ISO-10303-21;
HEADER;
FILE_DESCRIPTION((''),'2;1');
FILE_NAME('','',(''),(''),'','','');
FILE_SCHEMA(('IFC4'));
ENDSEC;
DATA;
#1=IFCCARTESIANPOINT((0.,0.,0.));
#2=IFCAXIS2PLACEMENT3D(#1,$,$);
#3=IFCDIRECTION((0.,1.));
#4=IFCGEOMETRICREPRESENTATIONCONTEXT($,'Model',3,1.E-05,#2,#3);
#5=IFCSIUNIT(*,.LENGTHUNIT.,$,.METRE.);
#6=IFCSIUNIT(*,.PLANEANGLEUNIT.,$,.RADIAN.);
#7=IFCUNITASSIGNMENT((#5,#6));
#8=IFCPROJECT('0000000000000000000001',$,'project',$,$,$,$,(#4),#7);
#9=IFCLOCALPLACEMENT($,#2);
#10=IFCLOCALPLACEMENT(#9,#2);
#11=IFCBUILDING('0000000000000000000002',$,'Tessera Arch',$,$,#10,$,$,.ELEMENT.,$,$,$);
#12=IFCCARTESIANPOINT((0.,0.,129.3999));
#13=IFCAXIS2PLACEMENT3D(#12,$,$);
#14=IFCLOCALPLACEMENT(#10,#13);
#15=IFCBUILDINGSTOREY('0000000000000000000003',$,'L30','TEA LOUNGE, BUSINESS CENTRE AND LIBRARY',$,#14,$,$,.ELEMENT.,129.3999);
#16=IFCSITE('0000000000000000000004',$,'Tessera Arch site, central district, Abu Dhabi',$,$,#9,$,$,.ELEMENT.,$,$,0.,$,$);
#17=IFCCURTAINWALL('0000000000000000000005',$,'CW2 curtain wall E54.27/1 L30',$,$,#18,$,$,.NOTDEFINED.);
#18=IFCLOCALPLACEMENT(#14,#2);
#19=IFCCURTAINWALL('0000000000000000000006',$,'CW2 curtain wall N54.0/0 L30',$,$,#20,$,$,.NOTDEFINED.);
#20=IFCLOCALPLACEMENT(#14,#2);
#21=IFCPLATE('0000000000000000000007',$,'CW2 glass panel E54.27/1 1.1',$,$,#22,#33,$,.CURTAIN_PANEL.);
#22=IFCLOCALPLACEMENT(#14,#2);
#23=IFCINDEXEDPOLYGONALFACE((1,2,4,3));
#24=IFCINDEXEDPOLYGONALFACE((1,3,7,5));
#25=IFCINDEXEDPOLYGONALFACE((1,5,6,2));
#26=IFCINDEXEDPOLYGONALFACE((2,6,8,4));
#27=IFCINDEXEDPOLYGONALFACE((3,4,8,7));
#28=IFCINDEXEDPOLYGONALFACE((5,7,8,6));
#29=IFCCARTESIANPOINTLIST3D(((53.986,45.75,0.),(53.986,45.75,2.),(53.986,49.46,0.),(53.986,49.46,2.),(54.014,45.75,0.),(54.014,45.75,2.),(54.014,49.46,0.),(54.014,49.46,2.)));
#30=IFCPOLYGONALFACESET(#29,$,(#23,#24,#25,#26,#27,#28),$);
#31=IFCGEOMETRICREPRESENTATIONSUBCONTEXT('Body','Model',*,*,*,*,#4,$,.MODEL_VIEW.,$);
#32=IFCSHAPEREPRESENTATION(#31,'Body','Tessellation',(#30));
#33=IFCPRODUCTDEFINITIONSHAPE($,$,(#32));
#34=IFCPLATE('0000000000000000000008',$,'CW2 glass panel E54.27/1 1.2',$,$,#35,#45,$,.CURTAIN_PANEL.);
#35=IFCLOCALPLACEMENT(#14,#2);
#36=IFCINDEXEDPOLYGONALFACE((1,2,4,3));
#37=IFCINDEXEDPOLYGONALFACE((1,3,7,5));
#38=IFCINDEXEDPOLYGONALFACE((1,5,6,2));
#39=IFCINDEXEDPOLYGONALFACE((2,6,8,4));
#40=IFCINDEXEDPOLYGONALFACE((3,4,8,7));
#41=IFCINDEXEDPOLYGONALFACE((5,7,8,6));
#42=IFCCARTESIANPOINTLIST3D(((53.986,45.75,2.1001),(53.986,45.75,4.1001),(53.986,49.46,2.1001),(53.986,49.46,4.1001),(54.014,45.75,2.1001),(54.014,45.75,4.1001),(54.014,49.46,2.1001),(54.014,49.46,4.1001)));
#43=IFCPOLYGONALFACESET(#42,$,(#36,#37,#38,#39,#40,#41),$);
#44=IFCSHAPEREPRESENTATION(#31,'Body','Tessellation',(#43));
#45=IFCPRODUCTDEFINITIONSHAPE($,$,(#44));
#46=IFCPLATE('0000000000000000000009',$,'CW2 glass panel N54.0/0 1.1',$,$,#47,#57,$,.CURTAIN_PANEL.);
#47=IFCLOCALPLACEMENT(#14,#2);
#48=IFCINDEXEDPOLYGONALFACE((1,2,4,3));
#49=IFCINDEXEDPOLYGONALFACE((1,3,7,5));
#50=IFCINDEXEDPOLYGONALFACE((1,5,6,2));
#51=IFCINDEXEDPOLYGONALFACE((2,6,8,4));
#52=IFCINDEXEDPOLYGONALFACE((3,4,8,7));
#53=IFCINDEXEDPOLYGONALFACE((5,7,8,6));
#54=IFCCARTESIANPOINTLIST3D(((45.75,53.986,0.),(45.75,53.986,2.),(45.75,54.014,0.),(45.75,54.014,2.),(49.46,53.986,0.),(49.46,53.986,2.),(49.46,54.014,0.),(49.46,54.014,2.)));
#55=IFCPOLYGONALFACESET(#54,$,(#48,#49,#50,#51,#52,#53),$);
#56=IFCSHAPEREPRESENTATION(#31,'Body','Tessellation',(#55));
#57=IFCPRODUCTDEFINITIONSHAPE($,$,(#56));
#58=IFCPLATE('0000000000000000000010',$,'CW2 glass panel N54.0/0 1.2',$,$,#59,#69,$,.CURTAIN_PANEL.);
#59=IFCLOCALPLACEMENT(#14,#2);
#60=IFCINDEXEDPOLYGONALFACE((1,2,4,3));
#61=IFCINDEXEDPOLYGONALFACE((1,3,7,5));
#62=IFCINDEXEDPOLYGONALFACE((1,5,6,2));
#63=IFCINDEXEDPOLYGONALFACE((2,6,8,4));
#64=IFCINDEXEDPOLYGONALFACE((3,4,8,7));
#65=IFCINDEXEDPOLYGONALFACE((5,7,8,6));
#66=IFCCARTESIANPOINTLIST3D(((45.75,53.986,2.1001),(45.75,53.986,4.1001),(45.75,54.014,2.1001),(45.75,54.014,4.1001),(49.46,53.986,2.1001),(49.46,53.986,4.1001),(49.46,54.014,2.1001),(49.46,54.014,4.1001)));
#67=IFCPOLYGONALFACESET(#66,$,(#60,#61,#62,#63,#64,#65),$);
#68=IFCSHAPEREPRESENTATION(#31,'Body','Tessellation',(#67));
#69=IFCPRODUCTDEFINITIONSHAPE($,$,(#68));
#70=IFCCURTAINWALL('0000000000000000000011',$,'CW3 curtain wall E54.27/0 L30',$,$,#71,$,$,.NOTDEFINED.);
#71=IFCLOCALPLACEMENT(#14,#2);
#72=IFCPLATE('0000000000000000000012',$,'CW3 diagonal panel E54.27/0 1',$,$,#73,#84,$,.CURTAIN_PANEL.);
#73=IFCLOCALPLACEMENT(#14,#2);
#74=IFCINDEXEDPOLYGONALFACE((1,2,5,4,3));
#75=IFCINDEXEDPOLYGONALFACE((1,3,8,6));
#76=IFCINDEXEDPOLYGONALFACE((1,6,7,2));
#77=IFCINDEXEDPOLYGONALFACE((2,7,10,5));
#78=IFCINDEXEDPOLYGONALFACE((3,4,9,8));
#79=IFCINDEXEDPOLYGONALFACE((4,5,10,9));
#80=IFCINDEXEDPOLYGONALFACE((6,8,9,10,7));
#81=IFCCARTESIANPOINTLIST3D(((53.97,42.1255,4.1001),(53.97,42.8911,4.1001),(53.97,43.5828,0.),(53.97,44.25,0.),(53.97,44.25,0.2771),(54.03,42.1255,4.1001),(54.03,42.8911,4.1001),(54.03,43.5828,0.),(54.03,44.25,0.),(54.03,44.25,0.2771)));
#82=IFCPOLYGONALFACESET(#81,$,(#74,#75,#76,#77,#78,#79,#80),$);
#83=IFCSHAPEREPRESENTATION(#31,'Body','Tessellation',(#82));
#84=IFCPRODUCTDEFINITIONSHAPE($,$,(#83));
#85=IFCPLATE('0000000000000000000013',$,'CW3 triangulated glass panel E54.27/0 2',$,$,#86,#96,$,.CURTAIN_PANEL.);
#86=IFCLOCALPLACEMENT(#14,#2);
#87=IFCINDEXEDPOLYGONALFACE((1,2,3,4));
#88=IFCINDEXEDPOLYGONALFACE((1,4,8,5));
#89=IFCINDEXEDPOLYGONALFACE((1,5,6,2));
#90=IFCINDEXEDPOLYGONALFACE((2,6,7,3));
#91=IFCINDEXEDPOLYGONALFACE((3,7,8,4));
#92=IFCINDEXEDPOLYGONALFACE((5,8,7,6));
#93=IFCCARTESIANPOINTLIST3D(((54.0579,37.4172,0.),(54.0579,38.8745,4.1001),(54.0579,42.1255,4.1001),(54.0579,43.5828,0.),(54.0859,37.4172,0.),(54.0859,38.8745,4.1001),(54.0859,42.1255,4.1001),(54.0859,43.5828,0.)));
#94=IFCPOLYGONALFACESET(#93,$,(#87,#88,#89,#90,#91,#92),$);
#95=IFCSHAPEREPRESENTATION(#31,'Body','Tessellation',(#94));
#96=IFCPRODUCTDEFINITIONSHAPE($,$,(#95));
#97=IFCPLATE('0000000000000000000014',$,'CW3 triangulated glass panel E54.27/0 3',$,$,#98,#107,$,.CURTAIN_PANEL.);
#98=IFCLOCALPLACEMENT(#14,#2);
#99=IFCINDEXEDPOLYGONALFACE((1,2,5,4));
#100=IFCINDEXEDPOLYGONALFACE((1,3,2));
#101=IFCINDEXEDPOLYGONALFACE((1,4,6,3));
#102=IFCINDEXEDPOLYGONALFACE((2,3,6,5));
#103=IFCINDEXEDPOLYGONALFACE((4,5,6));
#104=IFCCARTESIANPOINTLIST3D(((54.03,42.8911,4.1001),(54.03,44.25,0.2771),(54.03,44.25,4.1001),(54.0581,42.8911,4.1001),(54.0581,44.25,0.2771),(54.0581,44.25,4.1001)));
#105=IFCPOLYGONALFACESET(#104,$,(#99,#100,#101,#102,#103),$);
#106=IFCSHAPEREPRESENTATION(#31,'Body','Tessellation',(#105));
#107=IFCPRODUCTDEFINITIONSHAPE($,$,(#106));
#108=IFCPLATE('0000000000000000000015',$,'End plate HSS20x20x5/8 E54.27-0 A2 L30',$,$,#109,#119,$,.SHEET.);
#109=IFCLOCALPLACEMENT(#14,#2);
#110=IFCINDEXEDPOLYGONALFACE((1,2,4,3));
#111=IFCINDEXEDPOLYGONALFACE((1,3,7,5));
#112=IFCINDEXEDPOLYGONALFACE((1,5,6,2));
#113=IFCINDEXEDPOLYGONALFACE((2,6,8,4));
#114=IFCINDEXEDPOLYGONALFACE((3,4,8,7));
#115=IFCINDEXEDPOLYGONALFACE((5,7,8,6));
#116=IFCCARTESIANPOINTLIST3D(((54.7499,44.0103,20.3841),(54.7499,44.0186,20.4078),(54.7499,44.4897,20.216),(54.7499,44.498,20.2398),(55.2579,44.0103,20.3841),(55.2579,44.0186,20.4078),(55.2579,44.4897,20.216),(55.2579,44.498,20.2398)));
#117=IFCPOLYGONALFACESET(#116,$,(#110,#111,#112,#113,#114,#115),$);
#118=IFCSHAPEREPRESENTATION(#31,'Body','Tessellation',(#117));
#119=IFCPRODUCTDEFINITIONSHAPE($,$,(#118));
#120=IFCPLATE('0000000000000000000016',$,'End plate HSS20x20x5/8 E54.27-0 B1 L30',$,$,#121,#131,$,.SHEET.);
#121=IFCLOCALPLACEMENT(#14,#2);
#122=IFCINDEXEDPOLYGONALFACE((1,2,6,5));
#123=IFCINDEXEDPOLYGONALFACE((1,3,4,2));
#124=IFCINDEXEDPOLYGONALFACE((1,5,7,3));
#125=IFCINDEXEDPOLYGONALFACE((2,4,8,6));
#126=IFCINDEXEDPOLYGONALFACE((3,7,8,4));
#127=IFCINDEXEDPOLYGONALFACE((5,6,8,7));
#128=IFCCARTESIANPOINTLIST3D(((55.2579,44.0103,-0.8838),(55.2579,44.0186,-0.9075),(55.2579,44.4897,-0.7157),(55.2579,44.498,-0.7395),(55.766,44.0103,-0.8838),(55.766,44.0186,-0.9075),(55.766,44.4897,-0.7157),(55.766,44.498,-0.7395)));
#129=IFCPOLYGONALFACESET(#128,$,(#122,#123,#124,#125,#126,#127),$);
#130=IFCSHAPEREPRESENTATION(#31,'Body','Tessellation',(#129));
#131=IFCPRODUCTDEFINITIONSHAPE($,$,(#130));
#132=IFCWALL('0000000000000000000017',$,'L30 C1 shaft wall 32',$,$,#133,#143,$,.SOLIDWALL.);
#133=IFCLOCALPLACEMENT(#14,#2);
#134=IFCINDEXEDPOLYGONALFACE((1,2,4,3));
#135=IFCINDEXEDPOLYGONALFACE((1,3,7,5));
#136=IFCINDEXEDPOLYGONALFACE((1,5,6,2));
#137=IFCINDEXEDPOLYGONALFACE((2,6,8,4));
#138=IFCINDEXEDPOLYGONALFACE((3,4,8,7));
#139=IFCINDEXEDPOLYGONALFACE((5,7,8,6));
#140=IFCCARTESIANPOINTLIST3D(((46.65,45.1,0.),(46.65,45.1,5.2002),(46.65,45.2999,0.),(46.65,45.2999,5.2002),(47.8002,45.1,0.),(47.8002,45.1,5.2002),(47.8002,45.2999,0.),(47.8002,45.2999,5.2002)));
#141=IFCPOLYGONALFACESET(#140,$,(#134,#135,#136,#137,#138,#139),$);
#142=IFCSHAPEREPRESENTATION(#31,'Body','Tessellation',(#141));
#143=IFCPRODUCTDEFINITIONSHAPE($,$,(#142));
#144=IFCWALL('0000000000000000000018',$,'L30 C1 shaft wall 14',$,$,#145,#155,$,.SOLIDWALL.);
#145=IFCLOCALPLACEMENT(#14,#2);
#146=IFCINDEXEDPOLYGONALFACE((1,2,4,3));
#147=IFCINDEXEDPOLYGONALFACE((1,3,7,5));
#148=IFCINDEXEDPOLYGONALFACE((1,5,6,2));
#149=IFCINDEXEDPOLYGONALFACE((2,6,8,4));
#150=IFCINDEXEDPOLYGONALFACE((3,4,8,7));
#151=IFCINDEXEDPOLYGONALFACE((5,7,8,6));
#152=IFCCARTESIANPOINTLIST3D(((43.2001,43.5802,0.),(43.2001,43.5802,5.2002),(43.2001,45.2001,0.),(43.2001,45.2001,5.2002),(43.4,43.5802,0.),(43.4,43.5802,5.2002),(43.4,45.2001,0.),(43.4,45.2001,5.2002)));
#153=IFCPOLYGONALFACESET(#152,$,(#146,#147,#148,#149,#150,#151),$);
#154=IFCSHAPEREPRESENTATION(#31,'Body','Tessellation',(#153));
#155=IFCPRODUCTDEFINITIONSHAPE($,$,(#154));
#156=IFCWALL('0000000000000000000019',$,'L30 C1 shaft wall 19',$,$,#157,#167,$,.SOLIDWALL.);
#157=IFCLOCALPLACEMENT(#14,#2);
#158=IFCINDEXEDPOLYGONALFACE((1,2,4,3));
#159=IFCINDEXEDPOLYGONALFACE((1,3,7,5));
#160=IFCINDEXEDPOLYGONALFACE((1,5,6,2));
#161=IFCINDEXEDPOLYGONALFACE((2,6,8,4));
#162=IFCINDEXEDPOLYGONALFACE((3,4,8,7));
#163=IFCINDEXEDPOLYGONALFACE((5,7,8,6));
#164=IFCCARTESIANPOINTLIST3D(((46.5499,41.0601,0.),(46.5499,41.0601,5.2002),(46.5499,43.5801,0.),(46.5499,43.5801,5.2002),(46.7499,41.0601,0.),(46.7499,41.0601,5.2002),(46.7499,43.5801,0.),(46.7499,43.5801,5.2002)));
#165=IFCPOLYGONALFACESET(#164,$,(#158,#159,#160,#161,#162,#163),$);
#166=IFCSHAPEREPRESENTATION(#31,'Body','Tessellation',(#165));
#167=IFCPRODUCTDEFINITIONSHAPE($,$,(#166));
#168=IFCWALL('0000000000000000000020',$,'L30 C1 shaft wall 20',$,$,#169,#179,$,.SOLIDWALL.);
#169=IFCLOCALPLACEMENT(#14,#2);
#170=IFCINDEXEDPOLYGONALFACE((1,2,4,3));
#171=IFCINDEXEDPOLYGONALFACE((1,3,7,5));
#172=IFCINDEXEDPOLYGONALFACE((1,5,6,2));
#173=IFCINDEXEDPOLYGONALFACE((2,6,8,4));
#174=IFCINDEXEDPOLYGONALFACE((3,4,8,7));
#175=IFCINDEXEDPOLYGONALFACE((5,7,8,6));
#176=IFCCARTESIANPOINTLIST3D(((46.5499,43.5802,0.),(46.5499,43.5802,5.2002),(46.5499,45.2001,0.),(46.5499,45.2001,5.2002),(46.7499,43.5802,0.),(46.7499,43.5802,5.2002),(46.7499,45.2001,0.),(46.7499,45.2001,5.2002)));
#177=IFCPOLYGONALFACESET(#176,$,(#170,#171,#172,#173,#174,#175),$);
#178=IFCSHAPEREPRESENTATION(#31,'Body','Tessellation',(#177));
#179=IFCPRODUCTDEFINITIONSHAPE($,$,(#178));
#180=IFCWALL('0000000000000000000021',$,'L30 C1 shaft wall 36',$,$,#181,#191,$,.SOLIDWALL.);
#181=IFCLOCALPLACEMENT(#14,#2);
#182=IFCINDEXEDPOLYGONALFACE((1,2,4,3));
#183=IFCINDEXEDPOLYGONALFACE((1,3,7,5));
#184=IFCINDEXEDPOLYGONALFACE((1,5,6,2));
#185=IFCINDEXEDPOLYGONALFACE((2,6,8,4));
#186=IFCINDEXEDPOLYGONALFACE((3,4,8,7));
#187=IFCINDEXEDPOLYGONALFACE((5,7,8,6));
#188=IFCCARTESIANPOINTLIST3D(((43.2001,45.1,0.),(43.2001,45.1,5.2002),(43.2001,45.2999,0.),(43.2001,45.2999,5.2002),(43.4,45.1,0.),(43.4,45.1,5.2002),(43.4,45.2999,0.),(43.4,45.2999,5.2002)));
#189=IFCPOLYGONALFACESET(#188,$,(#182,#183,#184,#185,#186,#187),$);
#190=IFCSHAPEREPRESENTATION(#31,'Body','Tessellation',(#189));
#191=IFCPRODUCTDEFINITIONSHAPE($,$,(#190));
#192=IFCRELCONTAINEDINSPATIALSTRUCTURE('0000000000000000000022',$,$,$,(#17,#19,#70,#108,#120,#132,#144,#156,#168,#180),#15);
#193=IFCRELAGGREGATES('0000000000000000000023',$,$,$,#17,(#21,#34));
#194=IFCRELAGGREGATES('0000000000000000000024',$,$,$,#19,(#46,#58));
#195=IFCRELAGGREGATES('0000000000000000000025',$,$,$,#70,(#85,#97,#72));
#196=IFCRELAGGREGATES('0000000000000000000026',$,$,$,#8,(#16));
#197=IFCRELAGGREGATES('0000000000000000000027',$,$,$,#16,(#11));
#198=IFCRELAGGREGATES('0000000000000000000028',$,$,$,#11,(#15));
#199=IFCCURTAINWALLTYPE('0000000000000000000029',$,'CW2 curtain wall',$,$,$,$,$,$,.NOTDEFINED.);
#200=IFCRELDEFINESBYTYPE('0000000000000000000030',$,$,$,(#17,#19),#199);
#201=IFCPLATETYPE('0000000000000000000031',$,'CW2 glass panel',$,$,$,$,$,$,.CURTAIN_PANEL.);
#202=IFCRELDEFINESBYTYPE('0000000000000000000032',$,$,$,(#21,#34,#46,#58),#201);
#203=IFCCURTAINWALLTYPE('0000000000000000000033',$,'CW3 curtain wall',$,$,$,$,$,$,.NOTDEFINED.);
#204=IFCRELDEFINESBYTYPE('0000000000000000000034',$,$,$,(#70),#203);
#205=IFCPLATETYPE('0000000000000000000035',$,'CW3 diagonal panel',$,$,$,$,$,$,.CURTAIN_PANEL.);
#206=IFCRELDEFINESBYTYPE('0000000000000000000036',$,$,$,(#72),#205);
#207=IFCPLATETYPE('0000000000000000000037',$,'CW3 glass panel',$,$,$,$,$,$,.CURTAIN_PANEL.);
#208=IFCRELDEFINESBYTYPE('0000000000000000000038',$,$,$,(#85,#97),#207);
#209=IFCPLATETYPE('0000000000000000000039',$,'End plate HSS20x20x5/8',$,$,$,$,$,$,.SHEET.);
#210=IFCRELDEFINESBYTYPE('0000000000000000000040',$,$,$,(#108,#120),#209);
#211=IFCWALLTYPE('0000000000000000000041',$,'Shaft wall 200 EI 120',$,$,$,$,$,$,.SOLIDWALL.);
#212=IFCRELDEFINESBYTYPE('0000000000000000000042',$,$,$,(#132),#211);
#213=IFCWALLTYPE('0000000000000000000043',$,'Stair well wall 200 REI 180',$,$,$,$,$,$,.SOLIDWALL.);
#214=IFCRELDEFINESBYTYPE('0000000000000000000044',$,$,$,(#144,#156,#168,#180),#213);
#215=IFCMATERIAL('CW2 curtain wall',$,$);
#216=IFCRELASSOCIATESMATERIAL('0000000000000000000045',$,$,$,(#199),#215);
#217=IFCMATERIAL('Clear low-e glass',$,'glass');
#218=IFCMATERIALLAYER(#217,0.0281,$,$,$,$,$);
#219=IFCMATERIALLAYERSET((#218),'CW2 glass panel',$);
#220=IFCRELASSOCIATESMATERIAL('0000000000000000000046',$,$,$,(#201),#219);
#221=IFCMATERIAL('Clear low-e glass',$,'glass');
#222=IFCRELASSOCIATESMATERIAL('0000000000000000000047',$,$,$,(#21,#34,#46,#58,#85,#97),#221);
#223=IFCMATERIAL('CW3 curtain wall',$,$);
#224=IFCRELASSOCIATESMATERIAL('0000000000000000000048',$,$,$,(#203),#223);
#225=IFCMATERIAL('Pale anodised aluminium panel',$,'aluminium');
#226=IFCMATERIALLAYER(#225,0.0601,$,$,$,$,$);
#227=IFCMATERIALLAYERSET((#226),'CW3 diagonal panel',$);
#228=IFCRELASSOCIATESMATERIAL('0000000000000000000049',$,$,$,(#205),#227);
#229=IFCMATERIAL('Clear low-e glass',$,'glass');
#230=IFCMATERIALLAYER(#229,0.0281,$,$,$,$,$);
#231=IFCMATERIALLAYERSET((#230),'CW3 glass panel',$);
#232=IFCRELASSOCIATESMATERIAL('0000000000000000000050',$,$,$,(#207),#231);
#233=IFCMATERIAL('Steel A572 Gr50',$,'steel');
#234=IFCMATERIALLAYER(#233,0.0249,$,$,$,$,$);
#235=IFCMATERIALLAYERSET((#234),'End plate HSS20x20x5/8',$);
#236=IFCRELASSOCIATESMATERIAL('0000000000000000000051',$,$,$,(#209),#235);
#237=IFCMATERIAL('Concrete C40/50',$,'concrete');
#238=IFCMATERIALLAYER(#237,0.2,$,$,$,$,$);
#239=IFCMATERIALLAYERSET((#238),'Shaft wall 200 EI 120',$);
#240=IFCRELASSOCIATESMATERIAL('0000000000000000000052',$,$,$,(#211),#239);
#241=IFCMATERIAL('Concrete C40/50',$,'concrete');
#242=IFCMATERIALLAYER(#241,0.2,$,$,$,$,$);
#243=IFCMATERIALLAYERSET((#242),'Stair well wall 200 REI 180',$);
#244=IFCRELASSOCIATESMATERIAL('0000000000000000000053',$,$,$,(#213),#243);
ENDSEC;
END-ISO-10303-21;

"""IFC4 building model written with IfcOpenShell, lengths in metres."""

from ifc_helpers import new_model, si_unit, direction, frame, frame_2d, origin, origin_2d, place, context, subcontext, project, spatial, polyline, rectangle, outline, extrude, material, layer, layer_set, type_object, element, aggregate, save


model = new_model("IFC4")

# Units and contexts
model_context = context("Model", 3, precision=1e-05, world=origin(), true_north=direction((0.0, 1.0)))
body_context = subcontext(model_context, "Body", "Model", "MODEL_VIEW")
ifc_project = project(units=[si_unit("LENGTHUNIT", "METRE"), si_unit("PLANEANGLEUNIT", "RADIAN")], contexts=[model_context])

# Site, building, storey
site_placement = place(None, origin())
site = spatial("IfcSite", under=ifc_project, at=site_placement, Name="Tessera Arch site, central district, Abu Dhabi", CompositionType="ELEMENT", RefElevation=0.0)
building_placement = place(site_placement, origin())
building = spatial("IfcBuilding", under=site, at=building_placement, Name="Tessera Arch", CompositionType="ELEMENT")
storey_placement = place(building_placement, frame((0.0, 0.0, 129.3999)))
storey = spatial("IfcBuildingStorey", under=building, at=storey_placement, Name="L30", Description="TEA LOUNGE, BUSINESS CENTRE AND LIBRARY", CompositionType="ELEMENT", Elevation=129.3999)

# Curtain walls
ifc_material_1 = material(Name="CW2 curtain wall")
curtain_wall_type_1 = type_object("IfcCurtainWallType", Name="CW2 curtain wall", PredefinedType="NOTDEFINED", material=ifc_material_1)
curtain_wall_1_placement = place(storey_placement, origin())
curtain_wall_1 = element("IfcCurtainWall", 1, at=curtain_wall_1_placement, inside=storey, type_object=curtain_wall_type_1, Name="CW2 curtain wall E54.27/1 L30", PredefinedType="NOTDEFINED")
curtain_wall_2_placement = place(storey_placement, origin())
curtain_wall_2 = element("IfcCurtainWall", 2, at=curtain_wall_2_placement, inside=storey, type_object=curtain_wall_type_1, Name="CW2 curtain wall N54.0/0 L30", PredefinedType="NOTDEFINED")

# Plates
ifc_material_2 = material(Name="Clear low-e glass", Category="glass")
ifc_material_3 = material(Name="Clear low-e glass", Category="glass")
ifc_layer_1 = layer(ifc_material_3, 0.0281)
ifc_layer_set_1 = layer_set([ifc_layer_1], Name="CW2 glass panel")
plate_type_1 = type_object("IfcPlateType", Name="CW2 glass panel", PredefinedType="CURTAIN_PANEL", material=ifc_layer_set_1)
plate_1_placement = place(storey_placement, frame((54.0, 47.605, 0.0), z_axis=(0.0, 0.0, 1.0), x_axis=(0.0, 1.0, 0.0)))
plate_1 = element("IfcPlate", 3, at=plate_1_placement, type_object=plate_type_1, material=ifc_material_2, Name="CW2 glass panel E54.27/1 1.1", PredefinedType="CURTAIN_PANEL", context=body_context, shape_type="SweptSolid", body=[
    extrude(rectangle(XDim=3.71, YDim=0.0281, at=origin_2d()), origin(), (0.0, 0.0, 1.0), 2.0),
])
plate_2_placement = place(storey_placement, frame((54.0, 47.605, 2.1001), z_axis=(0.0, 0.0, 1.0), x_axis=(0.0, 1.0, 0.0)))
plate_2 = element("IfcPlate", 4, at=plate_2_placement, type_object=plate_type_1, material=ifc_material_2, Name="CW2 glass panel E54.27/1 1.2", PredefinedType="CURTAIN_PANEL", context=body_context, shape_type="SweptSolid", body=[
    extrude(rectangle(XDim=3.71, YDim=0.0281, at=origin_2d()), origin(), (0.0, 0.0, 1.0), 2.0),
])
aggregate(curtain_wall_1, [plate_1, plate_2])
plate_3_placement = place(storey_placement, frame((47.605, 54.0, 0.0), z_axis=(0.0, 0.0, 1.0), x_axis=(-1.0, 0.0, 0.0)))
plate_3 = element("IfcPlate", 5, at=plate_3_placement, type_object=plate_type_1, material=ifc_material_2, Name="CW2 glass panel N54.0/0 1.1", PredefinedType="CURTAIN_PANEL", context=body_context, shape_type="SweptSolid", body=[
    extrude(rectangle(XDim=3.71, YDim=0.0281, at=origin_2d()), origin(), (0.0, 0.0, 1.0), 2.0),
])
plate_4_placement = place(storey_placement, frame((47.605, 54.0, 2.1001), z_axis=(0.0, 0.0, 1.0), x_axis=(-1.0, 0.0, 0.0)))
plate_4 = element("IfcPlate", 6, at=plate_4_placement, type_object=plate_type_1, material=ifc_material_2, Name="CW2 glass panel N54.0/0 1.2", PredefinedType="CURTAIN_PANEL", context=body_context, shape_type="SweptSolid", body=[
    extrude(rectangle(XDim=3.71, YDim=0.0281, at=origin_2d()), origin(), (0.0, 0.0, 1.0), 2.0),
])
aggregate(curtain_wall_2, [plate_3, plate_4])

# Curtain wall, plates
ifc_material_4 = material(Name="CW3 curtain wall")
curtain_wall_type_2 = type_object("IfcCurtainWallType", Name="CW3 curtain wall", PredefinedType="NOTDEFINED", material=ifc_material_4)
curtain_wall_3_placement = place(storey_placement, origin())
curtain_wall_3 = element("IfcCurtainWall", 7, at=curtain_wall_3_placement, inside=storey, type_object=curtain_wall_type_2, Name="CW3 curtain wall E54.27/0 L30", PredefinedType="NOTDEFINED")
ifc_material_5 = material(Name="Pale anodised aluminium panel", Category="aluminium")
ifc_layer_2 = layer(ifc_material_5, 0.0601)
ifc_layer_set_2 = layer_set([ifc_layer_2], Name="CW3 diagonal panel")
plate_type_2 = type_object("IfcPlateType", Name="CW3 diagonal panel", PredefinedType="CURTAIN_PANEL", material=ifc_layer_set_2)
plate_5_placement = place(storey_placement, frame((54.03, 44.25, 0.0), z_axis=(1.0, 0.0, 0.0), x_axis=(0.0, 0.0, 1.0)))
plate_5 = element("IfcPlate", 8, at=plate_5_placement, type_object=plate_type_2, Name="CW3 diagonal panel E54.27/0 1", PredefinedType="CURTAIN_PANEL", context=body_context, shape_type="SweptSolid", body=[
    extrude(outline(polyline([(0.0, 0.0), (0.2771, 0.0), (4.1001, 1.3589), (4.1001, 2.1245), (0.0, 0.6672), (0.0, 0.0)])), origin(), (0.0, 0.0, -1.0), 0.0601),
])
ifc_material_6 = material(Name="Clear low-e glass", Category="glass")
ifc_layer_3 = layer(ifc_material_6, 0.0281)
ifc_layer_set_3 = layer_set([ifc_layer_3], Name="CW3 glass panel")
plate_type_3 = type_object("IfcPlateType", Name="CW3 glass panel", PredefinedType="CURTAIN_PANEL", material=ifc_layer_set_3)
plate_6_placement = place(storey_placement, frame((54.0859, 42.1255, 4.1001), z_axis=(1.0, 0.0, 0.0), x_axis=(0.0, -1.0, 0.0)))
plate_6 = element("IfcPlate", 9, at=plate_6_placement, type_object=plate_type_3, material=ifc_material_2, Name="CW3 triangulated glass panel E54.27/0 2", PredefinedType="CURTAIN_PANEL", context=body_context, shape_type="SweptSolid", body=[
    extrude(outline(polyline([(0.0, 0.0), (3.251, 0.0), (4.7083, 4.1001), (-1.4573, 4.1001), (0.0, 0.0)])), origin(), (0.0, 0.0, -1.0), 0.0281),
])
plate_7_placement = place(storey_placement, frame((54.0581, 44.25, 4.1001), z_axis=(1.0, 0.0, 0.0), x_axis=(0.0, -1.0, 0.0)))
plate_7 = element("IfcPlate", 10, at=plate_7_placement, type_object=plate_type_3, material=ifc_material_2, Name="CW3 triangulated glass panel E54.27/0 3", PredefinedType="CURTAIN_PANEL", context=body_context, shape_type="SweptSolid", body=[
    extrude(outline(polyline([(0.0, 0.0), (1.3589, 0.0), (0.0, 3.823), (0.0, 0.0)])), origin(), (0.0, 0.0, -1.0), 0.0281),
])
aggregate(curtain_wall_3, [plate_6, plate_7, plate_5])

# Plates
ifc_material_7 = material(Name="Steel A572 Gr50", Category="steel")
ifc_layer_4 = layer(ifc_material_7, 0.0249)
ifc_layer_set_4 = layer_set([ifc_layer_4], Name="End plate HSS20x20x5/8")
plate_type_4 = type_object("IfcPlateType", Name="End plate HSS20x20x5/8", PredefinedType="SHEET", material=ifc_layer_set_4)
for number, where, z_axis, x_axis, name in (
    (11, (55.0039, 44.25, 20.3), (0.0, 0.330784, 0.943707), (-1.0, 0.0, 0.0), "End plate HSS20x20x5/8 E54.27-0 A2 L30"),
    (12, (55.512, 44.2583, -0.8235), (0.0, -0.330784, 0.943707), (1.0, 0.0, 0.0), "End plate HSS20x20x5/8 E54.27-0 B1 L30"),
):
    element("IfcPlate", number, at=place(storey_placement, frame(where, z_axis=z_axis, x_axis=x_axis)), inside=storey, type_object=plate_type_4, Name=name, PredefinedType="SHEET", context=body_context, shape_type="SweptSolid", body=[
        extrude(rectangle(XDim=0.5081, YDim=0.5081, at=origin_2d()), origin(), (0.0, 0.0, 1.0), 0.0251),
    ])

# Walls
ifc_material_8 = material(Name="Concrete C40/50", Category="concrete")
ifc_layer_5 = layer(ifc_material_8, 0.2)
ifc_layer_set_5 = layer_set([ifc_layer_5], Name="Shaft wall 200 EI 120")
wall_type_1 = type_object("IfcWallType", Name="Shaft wall 200 EI 120", PredefinedType="SOLIDWALL", material=ifc_layer_set_5)
wall_1_placement = place(storey_placement, frame((46.6499, 45.2, 0.0), z_axis=(0.0, 0.0, 1.0), x_axis=(1.0, 0.0, 0.0)))
element("IfcWall", 13, at=wall_1_placement, inside=storey, type_object=wall_type_1, Name="L30 C1 shaft wall 32", PredefinedType="SOLIDWALL", context=body_context, shape_type="SweptSolid", body=[
    extrude(rectangle(XDim=1.1501, YDim=0.2, at=frame_2d((0.5752, 0.0))), origin(), (0.0, 0.0, 1.0), 5.2002),
])
ifc_material_9 = material(Name="Concrete C40/50", Category="concrete")
ifc_layer_6 = layer(ifc_material_9, 0.2)
ifc_layer_set_6 = layer_set([ifc_layer_6], Name="Stair well wall 200 REI 180")
wall_type_2 = type_object("IfcWallType", Name="Stair well wall 200 REI 180", PredefinedType="SOLIDWALL", material=ifc_layer_set_6)
wall_2_placement = place(storey_placement, frame((43.3, 43.5801, 0.0), z_axis=(0.0, 0.0, 1.0), x_axis=(0.0, 1.0, 0.0)))
element("IfcWall", 14, at=wall_2_placement, inside=storey, type_object=wall_type_2, Name="L30 C1 shaft wall 14", PredefinedType="SOLIDWALL", context=body_context, shape_type="SweptSolid", body=[
    extrude(rectangle(XDim=1.6199, YDim=0.2, at=frame_2d((0.8101, 0.0))), origin(), (0.0, 0.0, 1.0), 5.2002),
])
wall_3_placement = place(storey_placement, frame((46.6499, 41.0601, 0.0), z_axis=(0.0, 0.0, 1.0), x_axis=(0.0, 1.0, 0.0)))
element("IfcWall", 15, at=wall_3_placement, inside=storey, type_object=wall_type_2, Name="L30 C1 shaft wall 19", PredefinedType="SOLIDWALL", context=body_context, shape_type="SweptSolid", body=[
    extrude(rectangle(XDim=2.52, YDim=0.2, at=frame_2d((1.26, 0.0))), origin(), (0.0, 0.0, 1.0), 5.2002),
])
wall_4_placement = place(storey_placement, frame((46.6499, 43.5801, 0.0), z_axis=(0.0, 0.0, 1.0), x_axis=(0.0, 1.0, 0.0)))
element("IfcWall", 16, at=wall_4_placement, inside=storey, type_object=wall_type_2, Name="L30 C1 shaft wall 20", PredefinedType="SOLIDWALL", context=body_context, shape_type="SweptSolid", body=[
    extrude(rectangle(XDim=1.6199, YDim=0.2, at=frame_2d((0.8101, 0.0))), origin(), (0.0, 0.0, 1.0), 5.2002),
])
wall_5_placement = place(storey_placement, frame((43.2, 45.2, 0.0), z_axis=(0.0, 0.0, 1.0), x_axis=(1.0, 0.0, 0.0)))
element("IfcWall", 17, at=wall_5_placement, inside=storey, type_object=wall_type_2, Name="L30 C1 shaft wall 36", PredefinedType="SOLIDWALL", context=body_context, shape_type="SweptSolid", body=[
    extrude(rectangle(XDim=0.2, YDim=0.2, at=frame_2d((0.1001, 0.0))), origin(), (0.0, 0.0, 1.0), 5.2002),
])

save(model, "model.ifc")
